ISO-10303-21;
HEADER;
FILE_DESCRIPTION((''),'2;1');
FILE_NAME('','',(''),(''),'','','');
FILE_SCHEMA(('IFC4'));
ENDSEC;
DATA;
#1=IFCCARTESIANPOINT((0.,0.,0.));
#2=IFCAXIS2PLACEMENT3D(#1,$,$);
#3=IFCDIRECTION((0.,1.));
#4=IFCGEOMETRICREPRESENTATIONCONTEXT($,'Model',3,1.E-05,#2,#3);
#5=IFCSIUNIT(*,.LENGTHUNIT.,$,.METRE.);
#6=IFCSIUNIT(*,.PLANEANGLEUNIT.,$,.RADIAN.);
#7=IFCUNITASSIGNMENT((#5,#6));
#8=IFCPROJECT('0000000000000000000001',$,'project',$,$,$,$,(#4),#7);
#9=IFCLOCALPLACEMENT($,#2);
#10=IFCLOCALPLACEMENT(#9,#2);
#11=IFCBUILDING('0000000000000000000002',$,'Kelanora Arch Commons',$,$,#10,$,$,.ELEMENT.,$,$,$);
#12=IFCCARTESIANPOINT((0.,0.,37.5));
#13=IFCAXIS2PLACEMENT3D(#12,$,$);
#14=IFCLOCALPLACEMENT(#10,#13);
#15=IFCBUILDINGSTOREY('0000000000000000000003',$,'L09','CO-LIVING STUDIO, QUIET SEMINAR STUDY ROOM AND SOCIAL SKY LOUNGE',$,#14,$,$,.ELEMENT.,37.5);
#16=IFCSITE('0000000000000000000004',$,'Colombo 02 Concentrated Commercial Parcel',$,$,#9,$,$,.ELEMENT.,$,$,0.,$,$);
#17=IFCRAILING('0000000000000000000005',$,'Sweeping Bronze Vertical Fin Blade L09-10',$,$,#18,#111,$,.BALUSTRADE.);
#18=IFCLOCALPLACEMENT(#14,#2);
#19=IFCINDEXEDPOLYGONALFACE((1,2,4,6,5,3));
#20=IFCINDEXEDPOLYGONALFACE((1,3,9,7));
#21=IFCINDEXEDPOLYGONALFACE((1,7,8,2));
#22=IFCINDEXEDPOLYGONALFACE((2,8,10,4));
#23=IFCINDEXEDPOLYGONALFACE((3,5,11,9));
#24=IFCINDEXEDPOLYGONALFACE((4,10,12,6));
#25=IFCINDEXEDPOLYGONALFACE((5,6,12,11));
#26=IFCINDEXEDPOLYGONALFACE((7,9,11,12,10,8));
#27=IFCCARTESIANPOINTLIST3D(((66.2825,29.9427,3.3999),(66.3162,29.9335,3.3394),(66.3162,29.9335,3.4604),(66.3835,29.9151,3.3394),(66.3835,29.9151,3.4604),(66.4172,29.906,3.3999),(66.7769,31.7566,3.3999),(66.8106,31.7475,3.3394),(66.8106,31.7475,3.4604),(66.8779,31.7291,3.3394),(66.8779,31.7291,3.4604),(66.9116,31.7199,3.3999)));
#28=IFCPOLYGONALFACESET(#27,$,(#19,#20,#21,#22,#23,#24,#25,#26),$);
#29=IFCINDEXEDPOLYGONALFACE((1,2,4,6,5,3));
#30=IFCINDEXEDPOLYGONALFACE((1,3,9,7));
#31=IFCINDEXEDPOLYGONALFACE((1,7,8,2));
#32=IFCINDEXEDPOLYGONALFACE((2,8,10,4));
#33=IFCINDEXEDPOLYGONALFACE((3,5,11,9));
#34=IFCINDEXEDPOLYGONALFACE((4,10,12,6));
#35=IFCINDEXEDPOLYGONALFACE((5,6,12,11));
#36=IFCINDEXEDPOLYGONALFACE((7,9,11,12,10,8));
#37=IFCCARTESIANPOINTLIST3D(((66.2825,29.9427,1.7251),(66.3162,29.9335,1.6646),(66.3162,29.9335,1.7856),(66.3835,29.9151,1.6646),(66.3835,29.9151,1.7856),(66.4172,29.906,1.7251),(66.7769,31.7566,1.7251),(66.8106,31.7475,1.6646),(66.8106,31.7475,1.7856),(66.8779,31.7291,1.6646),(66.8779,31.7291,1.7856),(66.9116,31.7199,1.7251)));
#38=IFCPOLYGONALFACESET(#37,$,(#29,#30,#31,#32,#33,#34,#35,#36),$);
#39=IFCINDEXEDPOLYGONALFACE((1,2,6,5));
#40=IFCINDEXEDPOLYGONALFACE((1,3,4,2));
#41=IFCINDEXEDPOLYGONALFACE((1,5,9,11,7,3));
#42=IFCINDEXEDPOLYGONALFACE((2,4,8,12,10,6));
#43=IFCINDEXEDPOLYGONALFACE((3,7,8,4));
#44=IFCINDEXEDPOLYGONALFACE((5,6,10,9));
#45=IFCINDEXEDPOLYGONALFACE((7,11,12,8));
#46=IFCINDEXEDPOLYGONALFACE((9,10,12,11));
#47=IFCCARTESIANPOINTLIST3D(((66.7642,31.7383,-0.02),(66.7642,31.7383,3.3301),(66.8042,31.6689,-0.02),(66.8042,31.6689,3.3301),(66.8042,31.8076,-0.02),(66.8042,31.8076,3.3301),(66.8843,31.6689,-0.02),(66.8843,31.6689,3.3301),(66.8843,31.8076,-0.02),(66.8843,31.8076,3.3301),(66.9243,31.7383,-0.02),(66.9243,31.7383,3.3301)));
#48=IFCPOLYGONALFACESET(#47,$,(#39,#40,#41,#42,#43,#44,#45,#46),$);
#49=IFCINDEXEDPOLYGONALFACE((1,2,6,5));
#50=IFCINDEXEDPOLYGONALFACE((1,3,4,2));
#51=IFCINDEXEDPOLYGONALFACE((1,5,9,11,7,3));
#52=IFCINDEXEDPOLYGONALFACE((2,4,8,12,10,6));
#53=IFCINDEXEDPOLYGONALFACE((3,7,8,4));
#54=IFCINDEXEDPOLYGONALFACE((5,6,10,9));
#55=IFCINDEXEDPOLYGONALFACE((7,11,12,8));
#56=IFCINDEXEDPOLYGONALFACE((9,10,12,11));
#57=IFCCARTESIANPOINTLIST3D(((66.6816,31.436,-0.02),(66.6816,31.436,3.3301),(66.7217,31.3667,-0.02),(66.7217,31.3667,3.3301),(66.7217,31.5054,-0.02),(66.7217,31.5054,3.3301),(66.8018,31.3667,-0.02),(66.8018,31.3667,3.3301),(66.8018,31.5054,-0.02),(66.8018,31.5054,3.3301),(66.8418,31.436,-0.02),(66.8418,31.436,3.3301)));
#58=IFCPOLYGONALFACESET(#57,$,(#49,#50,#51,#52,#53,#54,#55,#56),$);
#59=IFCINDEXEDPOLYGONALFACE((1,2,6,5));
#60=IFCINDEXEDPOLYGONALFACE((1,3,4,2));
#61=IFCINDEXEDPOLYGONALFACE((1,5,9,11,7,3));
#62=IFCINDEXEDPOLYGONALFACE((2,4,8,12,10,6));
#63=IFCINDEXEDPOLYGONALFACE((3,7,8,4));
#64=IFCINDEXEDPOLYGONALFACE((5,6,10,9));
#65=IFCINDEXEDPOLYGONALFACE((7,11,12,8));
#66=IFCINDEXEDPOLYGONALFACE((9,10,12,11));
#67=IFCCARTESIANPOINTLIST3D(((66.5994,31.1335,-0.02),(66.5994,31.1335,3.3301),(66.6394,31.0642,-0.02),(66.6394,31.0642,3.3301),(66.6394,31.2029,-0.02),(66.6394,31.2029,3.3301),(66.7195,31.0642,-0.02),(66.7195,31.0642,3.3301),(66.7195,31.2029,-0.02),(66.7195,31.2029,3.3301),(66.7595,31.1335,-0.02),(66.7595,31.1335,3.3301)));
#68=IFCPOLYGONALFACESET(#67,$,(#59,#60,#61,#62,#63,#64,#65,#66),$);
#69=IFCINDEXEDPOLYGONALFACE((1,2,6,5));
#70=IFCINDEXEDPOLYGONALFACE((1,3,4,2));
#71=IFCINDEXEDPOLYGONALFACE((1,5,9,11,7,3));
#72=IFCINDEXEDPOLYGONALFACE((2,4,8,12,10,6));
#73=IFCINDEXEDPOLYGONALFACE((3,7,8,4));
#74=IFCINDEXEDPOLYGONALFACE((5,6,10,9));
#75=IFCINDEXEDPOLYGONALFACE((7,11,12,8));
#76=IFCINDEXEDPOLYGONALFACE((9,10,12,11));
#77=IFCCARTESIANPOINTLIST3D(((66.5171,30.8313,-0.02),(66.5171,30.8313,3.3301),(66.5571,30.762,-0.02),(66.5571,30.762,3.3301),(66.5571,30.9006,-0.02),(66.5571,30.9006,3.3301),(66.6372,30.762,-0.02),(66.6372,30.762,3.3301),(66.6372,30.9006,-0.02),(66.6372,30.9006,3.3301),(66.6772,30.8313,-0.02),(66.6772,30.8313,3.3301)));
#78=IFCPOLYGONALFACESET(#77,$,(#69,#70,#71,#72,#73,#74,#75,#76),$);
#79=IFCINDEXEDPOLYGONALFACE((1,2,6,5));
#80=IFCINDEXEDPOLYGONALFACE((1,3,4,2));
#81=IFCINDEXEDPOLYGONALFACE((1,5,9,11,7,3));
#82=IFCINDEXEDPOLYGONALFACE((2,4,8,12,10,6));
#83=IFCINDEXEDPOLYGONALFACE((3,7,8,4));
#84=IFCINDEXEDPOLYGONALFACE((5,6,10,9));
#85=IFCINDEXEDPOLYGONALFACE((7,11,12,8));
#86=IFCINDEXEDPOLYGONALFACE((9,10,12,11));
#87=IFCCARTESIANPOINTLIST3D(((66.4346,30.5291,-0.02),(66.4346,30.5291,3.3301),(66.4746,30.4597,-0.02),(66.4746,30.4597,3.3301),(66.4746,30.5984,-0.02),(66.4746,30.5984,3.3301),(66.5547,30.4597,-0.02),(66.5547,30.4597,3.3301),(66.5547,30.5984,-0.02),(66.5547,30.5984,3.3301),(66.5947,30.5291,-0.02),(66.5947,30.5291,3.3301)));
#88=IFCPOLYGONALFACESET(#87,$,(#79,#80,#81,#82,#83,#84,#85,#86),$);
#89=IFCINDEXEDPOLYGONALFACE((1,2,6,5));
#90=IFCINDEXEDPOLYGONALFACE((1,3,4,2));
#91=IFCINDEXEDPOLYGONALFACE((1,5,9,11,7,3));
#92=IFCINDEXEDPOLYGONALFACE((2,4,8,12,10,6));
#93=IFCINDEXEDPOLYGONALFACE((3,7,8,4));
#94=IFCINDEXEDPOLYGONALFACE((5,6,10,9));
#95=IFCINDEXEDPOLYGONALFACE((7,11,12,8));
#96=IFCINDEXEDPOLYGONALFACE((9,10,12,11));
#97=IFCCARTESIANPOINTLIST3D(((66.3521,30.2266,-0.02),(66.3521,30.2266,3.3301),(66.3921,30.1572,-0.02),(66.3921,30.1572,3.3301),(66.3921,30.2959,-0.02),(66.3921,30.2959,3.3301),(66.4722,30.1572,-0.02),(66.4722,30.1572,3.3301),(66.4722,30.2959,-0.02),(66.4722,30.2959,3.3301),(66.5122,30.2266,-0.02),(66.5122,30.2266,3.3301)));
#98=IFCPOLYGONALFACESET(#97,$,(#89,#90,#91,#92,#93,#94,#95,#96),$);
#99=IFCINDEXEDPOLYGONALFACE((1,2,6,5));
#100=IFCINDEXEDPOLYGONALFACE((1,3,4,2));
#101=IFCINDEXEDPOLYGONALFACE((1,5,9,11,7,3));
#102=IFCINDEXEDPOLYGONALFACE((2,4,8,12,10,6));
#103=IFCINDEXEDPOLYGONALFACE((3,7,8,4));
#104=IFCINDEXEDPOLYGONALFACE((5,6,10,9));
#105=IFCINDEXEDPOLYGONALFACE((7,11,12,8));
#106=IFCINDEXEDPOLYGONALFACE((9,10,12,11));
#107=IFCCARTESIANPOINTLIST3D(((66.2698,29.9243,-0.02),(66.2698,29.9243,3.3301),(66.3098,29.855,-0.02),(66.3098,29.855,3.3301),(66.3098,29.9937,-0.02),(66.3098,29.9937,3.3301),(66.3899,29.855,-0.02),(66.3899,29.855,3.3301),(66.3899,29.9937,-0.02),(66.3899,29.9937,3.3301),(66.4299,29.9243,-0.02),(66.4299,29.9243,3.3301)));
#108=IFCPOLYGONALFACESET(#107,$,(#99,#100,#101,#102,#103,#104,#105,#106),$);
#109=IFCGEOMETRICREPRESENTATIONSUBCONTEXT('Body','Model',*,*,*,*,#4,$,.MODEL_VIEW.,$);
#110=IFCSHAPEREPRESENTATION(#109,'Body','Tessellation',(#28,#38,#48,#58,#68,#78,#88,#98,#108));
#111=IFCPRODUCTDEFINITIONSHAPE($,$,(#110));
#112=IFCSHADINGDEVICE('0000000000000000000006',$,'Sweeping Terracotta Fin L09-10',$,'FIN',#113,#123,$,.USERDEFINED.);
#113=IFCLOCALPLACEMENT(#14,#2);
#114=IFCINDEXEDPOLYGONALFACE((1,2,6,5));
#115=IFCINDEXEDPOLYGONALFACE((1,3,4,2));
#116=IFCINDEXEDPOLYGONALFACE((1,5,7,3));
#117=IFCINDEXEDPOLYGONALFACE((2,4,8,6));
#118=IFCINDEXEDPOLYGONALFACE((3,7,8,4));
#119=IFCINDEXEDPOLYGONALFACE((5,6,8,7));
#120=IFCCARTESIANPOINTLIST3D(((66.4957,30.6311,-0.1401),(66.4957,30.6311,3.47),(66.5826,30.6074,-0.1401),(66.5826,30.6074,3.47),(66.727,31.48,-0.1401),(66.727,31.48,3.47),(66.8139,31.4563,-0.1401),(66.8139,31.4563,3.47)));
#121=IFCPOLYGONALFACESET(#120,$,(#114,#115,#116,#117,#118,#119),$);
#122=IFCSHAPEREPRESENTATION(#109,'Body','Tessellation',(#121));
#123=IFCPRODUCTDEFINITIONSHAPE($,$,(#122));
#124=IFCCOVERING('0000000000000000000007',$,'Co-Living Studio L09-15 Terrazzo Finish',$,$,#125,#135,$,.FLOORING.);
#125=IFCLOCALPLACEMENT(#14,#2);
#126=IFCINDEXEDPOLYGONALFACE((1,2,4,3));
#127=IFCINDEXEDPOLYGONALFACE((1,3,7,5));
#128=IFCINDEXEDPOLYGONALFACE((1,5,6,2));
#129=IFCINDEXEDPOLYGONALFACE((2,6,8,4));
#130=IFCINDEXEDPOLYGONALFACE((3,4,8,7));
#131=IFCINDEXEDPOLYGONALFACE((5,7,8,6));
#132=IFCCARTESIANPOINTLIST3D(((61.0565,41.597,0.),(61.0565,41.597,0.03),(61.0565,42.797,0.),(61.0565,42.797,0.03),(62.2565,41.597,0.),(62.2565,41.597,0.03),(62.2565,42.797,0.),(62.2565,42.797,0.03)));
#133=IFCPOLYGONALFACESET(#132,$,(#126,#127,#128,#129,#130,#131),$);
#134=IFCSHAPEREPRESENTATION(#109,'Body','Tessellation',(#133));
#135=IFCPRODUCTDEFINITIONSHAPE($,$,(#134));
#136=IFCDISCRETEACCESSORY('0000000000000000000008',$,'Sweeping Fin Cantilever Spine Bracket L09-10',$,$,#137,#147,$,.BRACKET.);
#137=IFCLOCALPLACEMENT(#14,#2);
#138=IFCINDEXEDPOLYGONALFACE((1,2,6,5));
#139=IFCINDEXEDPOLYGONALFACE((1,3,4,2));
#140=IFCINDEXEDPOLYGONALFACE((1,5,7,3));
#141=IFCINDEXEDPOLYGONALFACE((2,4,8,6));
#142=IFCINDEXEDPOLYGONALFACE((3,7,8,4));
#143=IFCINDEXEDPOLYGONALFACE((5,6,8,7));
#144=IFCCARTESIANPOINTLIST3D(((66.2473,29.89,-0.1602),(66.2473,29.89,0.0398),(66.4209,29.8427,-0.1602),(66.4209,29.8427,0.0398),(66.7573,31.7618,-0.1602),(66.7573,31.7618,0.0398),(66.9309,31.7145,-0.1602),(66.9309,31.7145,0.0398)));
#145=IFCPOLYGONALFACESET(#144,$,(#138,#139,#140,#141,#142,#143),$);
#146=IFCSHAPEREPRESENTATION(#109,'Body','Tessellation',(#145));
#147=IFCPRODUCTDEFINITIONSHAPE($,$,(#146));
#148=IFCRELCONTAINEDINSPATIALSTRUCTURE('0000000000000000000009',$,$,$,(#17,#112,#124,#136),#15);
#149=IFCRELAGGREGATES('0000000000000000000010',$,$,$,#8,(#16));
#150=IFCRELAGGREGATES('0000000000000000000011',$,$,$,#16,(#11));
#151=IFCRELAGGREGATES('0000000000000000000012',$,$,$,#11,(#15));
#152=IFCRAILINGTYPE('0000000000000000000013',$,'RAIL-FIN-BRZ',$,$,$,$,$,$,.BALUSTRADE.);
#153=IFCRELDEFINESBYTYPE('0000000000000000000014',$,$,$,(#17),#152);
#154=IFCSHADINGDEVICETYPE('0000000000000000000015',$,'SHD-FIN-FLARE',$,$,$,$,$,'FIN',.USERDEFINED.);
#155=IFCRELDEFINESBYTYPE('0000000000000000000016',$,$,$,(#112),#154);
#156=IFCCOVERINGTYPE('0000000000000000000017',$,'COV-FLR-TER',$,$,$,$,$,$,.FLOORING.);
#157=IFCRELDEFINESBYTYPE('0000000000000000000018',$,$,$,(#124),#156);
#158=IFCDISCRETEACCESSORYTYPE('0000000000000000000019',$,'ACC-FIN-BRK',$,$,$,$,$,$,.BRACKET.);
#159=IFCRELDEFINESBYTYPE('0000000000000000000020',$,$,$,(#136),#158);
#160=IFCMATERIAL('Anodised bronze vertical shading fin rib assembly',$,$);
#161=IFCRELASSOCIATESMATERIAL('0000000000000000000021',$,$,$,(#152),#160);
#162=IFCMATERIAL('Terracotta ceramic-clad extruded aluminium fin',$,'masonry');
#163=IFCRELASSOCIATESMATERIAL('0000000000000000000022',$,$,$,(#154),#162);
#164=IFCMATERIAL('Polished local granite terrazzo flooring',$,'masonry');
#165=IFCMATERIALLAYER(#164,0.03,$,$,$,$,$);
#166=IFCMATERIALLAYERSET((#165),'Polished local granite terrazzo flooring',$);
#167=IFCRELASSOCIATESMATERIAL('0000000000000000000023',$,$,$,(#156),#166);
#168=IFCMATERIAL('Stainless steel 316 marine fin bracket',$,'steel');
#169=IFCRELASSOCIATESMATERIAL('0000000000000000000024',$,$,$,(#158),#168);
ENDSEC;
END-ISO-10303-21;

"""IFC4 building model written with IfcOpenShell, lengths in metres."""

from ifc_helpers import new_model, si_unit, direction, frame, origin, origin_2d, place, context, subcontext, project, spatial, polyline, rectangle, outline, extrude, source, transform, mapped, material, layer, layer_set, type_object, element, save


model = new_model("IFC4")

# Units and contexts
model_context = context("Model", 3, precision=1e-05, world=origin(), true_north=direction((0.0, 1.0)))
body_context = subcontext(model_context, "Body", "Model", "MODEL_VIEW")
ifc_project = project(units=[si_unit("LENGTHUNIT", "METRE"), si_unit("PLANEANGLEUNIT", "RADIAN")], contexts=[model_context])

# Site, building, storey
site_placement = place(None, origin())
site = spatial("IfcSite", under=ifc_project, at=site_placement, Name="Colombo 02 Concentrated Commercial Parcel", CompositionType="ELEMENT", RefElevation=0.0)
building_placement = place(site_placement, origin())
building = spatial("IfcBuilding", under=site, at=building_placement, Name="Kelanora Arch Commons", CompositionType="ELEMENT")
storey_placement = place(building_placement, frame((0.0, 0.0, 37.5)))
storey = spatial("IfcBuildingStorey", under=building, at=storey_placement, Name="L09", Description="CO-LIVING STUDIO, QUIET SEMINAR STUDY ROOM AND SOCIAL SKY LOUNGE", CompositionType="ELEMENT", Elevation=37.5)

# Railing
ifc_material_1 = material(Name="Anodised bronze vertical shading fin rib assembly")
railing_type = type_object("IfcRailingType", Name="RAIL-FIN-BRZ", PredefinedType="BALUSTRADE", material=ifc_material_1)
railing_placement = place(storey_placement, frame((66.8442, 31.7383, -0.02)))
element("IfcRailing", 1, at=railing_placement, inside=storey, type_object=railing_type, Name="Sweeping Bronze Vertical Fin Blade L09-10", PredefinedType="BALUSTRADE", context=body_context, shape_type="SweptSolid", body=[
    extrude(outline(polyline([(0.0698, 0.0), (0.0349, 0.0605), (-0.0349, 0.0605), (-0.0698, 0.0), (-0.0349, -0.0605), (0.0349, -0.0605), (0.0698, 0.0)])), frame((0.0, 0.0, 3.4199), z_axis=(-0.262953, -0.964809, 0.0), x_axis=(0.964809, -0.262953, 0.0)), (0.0, 0.0, 1.0), 1.8801),
    extrude(outline(polyline([(0.0698, 0.0), (0.0349, 0.0605), (-0.0349, 0.0605), (-0.0698, 0.0), (-0.0349, -0.0605), (0.0349, -0.0605), (0.0698, 0.0)])), frame((0.0, 0.0, 1.7451), z_axis=(-0.262953, -0.964809, 0.0), x_axis=(0.964809, -0.262953, 0.0)), (0.0, 0.0, 1.0), 1.8801),
    extrude(outline(polyline([(0.0801, 0.0), (0.04, 0.0693), (-0.04, 0.0693), (-0.0801, 0.0), (-0.04, -0.0693), (0.04, -0.0693), (0.0801, 0.0)])), origin(), (0.0, 0.0, 1.0), 3.3501),
    extrude(outline(polyline([(0.0801, 0.0), (0.04, 0.0693), (-0.04, 0.0693), (-0.0801, 0.0), (-0.04, -0.0693), (0.04, -0.0693), (0.0801, 0.0)])), frame((-0.0825, -0.3022, 0.0)), (0.0, 0.0, 1.0), 3.3501),
    extrude(outline(polyline([(0.0801, 0.0), (0.04, 0.0693), (-0.04, 0.0693), (-0.0801, 0.0), (-0.04, -0.0693), (0.04, -0.0693), (0.0801, 0.0)])), frame((-0.1648, -0.6047, 0.0)), (0.0, 0.0, 1.0), 3.3501),
    extrude(outline(polyline([(0.0801, 0.0), (0.04, 0.0693), (-0.04, 0.0693), (-0.0801, 0.0), (-0.04, -0.0693), (0.04, -0.0693), (0.0801, 0.0)])), frame((-0.2471, -0.907, 0.0)), (0.0, 0.0, 1.0), 3.3501),
    extrude(outline(polyline([(0.0801, 0.0), (0.04, 0.0693), (-0.04, 0.0693), (-0.0801, 0.0), (-0.04, -0.0693), (0.04, -0.0693), (0.0801, 0.0)])), frame((-0.3296, -1.2092, 0.0)), (0.0, 0.0, 1.0), 3.3501),
    extrude(outline(polyline([(0.0801, 0.0), (0.04, 0.0693), (-0.04, 0.0693), (-0.0801, 0.0), (-0.04, -0.0693), (0.04, -0.0693), (0.0801, 0.0)])), frame((-0.4121, -1.5117, 0.0)), (0.0, 0.0, 1.0), 3.3501),
    extrude(outline(polyline([(0.0801, 0.0), (0.04, 0.0693), (-0.04, 0.0693), (-0.0801, 0.0), (-0.04, -0.0693), (0.04, -0.0693), (0.0801, 0.0)])), frame((-0.4944, -1.814, 0.0)), (0.0, 0.0, 1.0), 3.3501),
])

# Shading device
ifc_material_2 = material(Name="Terracotta ceramic-clad extruded aluminium fin", Category="masonry")
shading_device_type = type_object("IfcShadingDeviceType", Name="SHD-FIN-FLARE", ElementType="FIN", PredefinedType="USERDEFINED", material=ifc_material_2)
shared_shape_1 = source(origin(), body_context, "Body", "SweptSolid", [
    extrude(rectangle(XDim=0.8799, YDim=0.0901, at=origin_2d()), origin(), (0.0, 0.0, 1.0), 3.6101),
])
shading_device_placement = place(storey_placement, frame((66.6548, 31.0437, -0.1401), z_axis=(0.0, 0.0, 1.0), x_axis=(-0.262863, -0.964833, 0.0)))
element("IfcShadingDevice", 2, at=shading_device_placement, inside=storey, type_object=shading_device_type, Name="Sweeping Terracotta Fin L09-10", ObjectType="FIN", PredefinedType="USERDEFINED", context=body_context, shape_type="MappedRepresentation", body=[
    mapped(shared_shape_1, transform((0.0, 0.0, 0.0), scale=1.0)),
])

# Covering
ifc_material_3 = material(Name="Polished local granite terrazzo flooring", Category="masonry")
ifc_layer_1 = layer(ifc_material_3, 0.03)
ifc_layer_set_1 = layer_set([ifc_layer_1], Name="Polished local granite terrazzo flooring")
covering_type = type_object("IfcCoveringType", Name="COV-FLR-TER", PredefinedType="FLOORING", material=ifc_layer_set_1)
shared_shape_2 = source(origin(), body_context, "Body", "SweptSolid", [
    extrude(rectangle(XDim=1.2, YDim=1.2, at=origin_2d()), origin(), (0.0, 0.0, 1.0), 0.03),
])
covering_placement = place(storey_placement, frame((61.6565, 42.197, 0.0), z_axis=(0.0, 0.0, 1.0), x_axis=(1.0, 0.0, 0.0)))
element("IfcCovering", 3, at=covering_placement, inside=storey, type_object=covering_type, Name="Co-Living Studio L09-15 Terrazzo Finish", PredefinedType="FLOORING", context=body_context, shape_type="MappedRepresentation", body=[
    mapped(shared_shape_2, transform((0.0, 0.0, 0.0), scale=1.0)),
])

# Discrete accessory
ifc_material_4 = material(Name="Stainless steel 316 marine fin bracket", Category="steel")
discrete_accessory_type = type_object("IfcDiscreteAccessoryType", Name="ACC-FIN-BRK", PredefinedType="BRACKET", material=ifc_material_4)
shared_shape_3 = source(origin(), body_context, "Body", "SweptSolid", [
    extrude(rectangle(XDim=1.9399, YDim=0.1799, at=origin_2d()), origin(), (0.0, 0.0, 1.0), 0.2),
])
discrete_accessory_placement = place(storey_placement, frame((66.5891, 30.8022, -0.1602), z_axis=(0.0, 0.0, 1.0), x_axis=(-0.262863, -0.964833, 0.0)))
element("IfcDiscreteAccessory", 4, at=discrete_accessory_placement, inside=storey, type_object=discrete_accessory_type, Name="Sweeping Fin Cantilever Spine Bracket L09-10", PredefinedType="BRACKET", context=body_context, shape_type="MappedRepresentation", body=[
    mapped(shared_shape_3, transform((0.0, 0.0, 0.0), scale=1.0)),
])

save(model, "model.ifc")
